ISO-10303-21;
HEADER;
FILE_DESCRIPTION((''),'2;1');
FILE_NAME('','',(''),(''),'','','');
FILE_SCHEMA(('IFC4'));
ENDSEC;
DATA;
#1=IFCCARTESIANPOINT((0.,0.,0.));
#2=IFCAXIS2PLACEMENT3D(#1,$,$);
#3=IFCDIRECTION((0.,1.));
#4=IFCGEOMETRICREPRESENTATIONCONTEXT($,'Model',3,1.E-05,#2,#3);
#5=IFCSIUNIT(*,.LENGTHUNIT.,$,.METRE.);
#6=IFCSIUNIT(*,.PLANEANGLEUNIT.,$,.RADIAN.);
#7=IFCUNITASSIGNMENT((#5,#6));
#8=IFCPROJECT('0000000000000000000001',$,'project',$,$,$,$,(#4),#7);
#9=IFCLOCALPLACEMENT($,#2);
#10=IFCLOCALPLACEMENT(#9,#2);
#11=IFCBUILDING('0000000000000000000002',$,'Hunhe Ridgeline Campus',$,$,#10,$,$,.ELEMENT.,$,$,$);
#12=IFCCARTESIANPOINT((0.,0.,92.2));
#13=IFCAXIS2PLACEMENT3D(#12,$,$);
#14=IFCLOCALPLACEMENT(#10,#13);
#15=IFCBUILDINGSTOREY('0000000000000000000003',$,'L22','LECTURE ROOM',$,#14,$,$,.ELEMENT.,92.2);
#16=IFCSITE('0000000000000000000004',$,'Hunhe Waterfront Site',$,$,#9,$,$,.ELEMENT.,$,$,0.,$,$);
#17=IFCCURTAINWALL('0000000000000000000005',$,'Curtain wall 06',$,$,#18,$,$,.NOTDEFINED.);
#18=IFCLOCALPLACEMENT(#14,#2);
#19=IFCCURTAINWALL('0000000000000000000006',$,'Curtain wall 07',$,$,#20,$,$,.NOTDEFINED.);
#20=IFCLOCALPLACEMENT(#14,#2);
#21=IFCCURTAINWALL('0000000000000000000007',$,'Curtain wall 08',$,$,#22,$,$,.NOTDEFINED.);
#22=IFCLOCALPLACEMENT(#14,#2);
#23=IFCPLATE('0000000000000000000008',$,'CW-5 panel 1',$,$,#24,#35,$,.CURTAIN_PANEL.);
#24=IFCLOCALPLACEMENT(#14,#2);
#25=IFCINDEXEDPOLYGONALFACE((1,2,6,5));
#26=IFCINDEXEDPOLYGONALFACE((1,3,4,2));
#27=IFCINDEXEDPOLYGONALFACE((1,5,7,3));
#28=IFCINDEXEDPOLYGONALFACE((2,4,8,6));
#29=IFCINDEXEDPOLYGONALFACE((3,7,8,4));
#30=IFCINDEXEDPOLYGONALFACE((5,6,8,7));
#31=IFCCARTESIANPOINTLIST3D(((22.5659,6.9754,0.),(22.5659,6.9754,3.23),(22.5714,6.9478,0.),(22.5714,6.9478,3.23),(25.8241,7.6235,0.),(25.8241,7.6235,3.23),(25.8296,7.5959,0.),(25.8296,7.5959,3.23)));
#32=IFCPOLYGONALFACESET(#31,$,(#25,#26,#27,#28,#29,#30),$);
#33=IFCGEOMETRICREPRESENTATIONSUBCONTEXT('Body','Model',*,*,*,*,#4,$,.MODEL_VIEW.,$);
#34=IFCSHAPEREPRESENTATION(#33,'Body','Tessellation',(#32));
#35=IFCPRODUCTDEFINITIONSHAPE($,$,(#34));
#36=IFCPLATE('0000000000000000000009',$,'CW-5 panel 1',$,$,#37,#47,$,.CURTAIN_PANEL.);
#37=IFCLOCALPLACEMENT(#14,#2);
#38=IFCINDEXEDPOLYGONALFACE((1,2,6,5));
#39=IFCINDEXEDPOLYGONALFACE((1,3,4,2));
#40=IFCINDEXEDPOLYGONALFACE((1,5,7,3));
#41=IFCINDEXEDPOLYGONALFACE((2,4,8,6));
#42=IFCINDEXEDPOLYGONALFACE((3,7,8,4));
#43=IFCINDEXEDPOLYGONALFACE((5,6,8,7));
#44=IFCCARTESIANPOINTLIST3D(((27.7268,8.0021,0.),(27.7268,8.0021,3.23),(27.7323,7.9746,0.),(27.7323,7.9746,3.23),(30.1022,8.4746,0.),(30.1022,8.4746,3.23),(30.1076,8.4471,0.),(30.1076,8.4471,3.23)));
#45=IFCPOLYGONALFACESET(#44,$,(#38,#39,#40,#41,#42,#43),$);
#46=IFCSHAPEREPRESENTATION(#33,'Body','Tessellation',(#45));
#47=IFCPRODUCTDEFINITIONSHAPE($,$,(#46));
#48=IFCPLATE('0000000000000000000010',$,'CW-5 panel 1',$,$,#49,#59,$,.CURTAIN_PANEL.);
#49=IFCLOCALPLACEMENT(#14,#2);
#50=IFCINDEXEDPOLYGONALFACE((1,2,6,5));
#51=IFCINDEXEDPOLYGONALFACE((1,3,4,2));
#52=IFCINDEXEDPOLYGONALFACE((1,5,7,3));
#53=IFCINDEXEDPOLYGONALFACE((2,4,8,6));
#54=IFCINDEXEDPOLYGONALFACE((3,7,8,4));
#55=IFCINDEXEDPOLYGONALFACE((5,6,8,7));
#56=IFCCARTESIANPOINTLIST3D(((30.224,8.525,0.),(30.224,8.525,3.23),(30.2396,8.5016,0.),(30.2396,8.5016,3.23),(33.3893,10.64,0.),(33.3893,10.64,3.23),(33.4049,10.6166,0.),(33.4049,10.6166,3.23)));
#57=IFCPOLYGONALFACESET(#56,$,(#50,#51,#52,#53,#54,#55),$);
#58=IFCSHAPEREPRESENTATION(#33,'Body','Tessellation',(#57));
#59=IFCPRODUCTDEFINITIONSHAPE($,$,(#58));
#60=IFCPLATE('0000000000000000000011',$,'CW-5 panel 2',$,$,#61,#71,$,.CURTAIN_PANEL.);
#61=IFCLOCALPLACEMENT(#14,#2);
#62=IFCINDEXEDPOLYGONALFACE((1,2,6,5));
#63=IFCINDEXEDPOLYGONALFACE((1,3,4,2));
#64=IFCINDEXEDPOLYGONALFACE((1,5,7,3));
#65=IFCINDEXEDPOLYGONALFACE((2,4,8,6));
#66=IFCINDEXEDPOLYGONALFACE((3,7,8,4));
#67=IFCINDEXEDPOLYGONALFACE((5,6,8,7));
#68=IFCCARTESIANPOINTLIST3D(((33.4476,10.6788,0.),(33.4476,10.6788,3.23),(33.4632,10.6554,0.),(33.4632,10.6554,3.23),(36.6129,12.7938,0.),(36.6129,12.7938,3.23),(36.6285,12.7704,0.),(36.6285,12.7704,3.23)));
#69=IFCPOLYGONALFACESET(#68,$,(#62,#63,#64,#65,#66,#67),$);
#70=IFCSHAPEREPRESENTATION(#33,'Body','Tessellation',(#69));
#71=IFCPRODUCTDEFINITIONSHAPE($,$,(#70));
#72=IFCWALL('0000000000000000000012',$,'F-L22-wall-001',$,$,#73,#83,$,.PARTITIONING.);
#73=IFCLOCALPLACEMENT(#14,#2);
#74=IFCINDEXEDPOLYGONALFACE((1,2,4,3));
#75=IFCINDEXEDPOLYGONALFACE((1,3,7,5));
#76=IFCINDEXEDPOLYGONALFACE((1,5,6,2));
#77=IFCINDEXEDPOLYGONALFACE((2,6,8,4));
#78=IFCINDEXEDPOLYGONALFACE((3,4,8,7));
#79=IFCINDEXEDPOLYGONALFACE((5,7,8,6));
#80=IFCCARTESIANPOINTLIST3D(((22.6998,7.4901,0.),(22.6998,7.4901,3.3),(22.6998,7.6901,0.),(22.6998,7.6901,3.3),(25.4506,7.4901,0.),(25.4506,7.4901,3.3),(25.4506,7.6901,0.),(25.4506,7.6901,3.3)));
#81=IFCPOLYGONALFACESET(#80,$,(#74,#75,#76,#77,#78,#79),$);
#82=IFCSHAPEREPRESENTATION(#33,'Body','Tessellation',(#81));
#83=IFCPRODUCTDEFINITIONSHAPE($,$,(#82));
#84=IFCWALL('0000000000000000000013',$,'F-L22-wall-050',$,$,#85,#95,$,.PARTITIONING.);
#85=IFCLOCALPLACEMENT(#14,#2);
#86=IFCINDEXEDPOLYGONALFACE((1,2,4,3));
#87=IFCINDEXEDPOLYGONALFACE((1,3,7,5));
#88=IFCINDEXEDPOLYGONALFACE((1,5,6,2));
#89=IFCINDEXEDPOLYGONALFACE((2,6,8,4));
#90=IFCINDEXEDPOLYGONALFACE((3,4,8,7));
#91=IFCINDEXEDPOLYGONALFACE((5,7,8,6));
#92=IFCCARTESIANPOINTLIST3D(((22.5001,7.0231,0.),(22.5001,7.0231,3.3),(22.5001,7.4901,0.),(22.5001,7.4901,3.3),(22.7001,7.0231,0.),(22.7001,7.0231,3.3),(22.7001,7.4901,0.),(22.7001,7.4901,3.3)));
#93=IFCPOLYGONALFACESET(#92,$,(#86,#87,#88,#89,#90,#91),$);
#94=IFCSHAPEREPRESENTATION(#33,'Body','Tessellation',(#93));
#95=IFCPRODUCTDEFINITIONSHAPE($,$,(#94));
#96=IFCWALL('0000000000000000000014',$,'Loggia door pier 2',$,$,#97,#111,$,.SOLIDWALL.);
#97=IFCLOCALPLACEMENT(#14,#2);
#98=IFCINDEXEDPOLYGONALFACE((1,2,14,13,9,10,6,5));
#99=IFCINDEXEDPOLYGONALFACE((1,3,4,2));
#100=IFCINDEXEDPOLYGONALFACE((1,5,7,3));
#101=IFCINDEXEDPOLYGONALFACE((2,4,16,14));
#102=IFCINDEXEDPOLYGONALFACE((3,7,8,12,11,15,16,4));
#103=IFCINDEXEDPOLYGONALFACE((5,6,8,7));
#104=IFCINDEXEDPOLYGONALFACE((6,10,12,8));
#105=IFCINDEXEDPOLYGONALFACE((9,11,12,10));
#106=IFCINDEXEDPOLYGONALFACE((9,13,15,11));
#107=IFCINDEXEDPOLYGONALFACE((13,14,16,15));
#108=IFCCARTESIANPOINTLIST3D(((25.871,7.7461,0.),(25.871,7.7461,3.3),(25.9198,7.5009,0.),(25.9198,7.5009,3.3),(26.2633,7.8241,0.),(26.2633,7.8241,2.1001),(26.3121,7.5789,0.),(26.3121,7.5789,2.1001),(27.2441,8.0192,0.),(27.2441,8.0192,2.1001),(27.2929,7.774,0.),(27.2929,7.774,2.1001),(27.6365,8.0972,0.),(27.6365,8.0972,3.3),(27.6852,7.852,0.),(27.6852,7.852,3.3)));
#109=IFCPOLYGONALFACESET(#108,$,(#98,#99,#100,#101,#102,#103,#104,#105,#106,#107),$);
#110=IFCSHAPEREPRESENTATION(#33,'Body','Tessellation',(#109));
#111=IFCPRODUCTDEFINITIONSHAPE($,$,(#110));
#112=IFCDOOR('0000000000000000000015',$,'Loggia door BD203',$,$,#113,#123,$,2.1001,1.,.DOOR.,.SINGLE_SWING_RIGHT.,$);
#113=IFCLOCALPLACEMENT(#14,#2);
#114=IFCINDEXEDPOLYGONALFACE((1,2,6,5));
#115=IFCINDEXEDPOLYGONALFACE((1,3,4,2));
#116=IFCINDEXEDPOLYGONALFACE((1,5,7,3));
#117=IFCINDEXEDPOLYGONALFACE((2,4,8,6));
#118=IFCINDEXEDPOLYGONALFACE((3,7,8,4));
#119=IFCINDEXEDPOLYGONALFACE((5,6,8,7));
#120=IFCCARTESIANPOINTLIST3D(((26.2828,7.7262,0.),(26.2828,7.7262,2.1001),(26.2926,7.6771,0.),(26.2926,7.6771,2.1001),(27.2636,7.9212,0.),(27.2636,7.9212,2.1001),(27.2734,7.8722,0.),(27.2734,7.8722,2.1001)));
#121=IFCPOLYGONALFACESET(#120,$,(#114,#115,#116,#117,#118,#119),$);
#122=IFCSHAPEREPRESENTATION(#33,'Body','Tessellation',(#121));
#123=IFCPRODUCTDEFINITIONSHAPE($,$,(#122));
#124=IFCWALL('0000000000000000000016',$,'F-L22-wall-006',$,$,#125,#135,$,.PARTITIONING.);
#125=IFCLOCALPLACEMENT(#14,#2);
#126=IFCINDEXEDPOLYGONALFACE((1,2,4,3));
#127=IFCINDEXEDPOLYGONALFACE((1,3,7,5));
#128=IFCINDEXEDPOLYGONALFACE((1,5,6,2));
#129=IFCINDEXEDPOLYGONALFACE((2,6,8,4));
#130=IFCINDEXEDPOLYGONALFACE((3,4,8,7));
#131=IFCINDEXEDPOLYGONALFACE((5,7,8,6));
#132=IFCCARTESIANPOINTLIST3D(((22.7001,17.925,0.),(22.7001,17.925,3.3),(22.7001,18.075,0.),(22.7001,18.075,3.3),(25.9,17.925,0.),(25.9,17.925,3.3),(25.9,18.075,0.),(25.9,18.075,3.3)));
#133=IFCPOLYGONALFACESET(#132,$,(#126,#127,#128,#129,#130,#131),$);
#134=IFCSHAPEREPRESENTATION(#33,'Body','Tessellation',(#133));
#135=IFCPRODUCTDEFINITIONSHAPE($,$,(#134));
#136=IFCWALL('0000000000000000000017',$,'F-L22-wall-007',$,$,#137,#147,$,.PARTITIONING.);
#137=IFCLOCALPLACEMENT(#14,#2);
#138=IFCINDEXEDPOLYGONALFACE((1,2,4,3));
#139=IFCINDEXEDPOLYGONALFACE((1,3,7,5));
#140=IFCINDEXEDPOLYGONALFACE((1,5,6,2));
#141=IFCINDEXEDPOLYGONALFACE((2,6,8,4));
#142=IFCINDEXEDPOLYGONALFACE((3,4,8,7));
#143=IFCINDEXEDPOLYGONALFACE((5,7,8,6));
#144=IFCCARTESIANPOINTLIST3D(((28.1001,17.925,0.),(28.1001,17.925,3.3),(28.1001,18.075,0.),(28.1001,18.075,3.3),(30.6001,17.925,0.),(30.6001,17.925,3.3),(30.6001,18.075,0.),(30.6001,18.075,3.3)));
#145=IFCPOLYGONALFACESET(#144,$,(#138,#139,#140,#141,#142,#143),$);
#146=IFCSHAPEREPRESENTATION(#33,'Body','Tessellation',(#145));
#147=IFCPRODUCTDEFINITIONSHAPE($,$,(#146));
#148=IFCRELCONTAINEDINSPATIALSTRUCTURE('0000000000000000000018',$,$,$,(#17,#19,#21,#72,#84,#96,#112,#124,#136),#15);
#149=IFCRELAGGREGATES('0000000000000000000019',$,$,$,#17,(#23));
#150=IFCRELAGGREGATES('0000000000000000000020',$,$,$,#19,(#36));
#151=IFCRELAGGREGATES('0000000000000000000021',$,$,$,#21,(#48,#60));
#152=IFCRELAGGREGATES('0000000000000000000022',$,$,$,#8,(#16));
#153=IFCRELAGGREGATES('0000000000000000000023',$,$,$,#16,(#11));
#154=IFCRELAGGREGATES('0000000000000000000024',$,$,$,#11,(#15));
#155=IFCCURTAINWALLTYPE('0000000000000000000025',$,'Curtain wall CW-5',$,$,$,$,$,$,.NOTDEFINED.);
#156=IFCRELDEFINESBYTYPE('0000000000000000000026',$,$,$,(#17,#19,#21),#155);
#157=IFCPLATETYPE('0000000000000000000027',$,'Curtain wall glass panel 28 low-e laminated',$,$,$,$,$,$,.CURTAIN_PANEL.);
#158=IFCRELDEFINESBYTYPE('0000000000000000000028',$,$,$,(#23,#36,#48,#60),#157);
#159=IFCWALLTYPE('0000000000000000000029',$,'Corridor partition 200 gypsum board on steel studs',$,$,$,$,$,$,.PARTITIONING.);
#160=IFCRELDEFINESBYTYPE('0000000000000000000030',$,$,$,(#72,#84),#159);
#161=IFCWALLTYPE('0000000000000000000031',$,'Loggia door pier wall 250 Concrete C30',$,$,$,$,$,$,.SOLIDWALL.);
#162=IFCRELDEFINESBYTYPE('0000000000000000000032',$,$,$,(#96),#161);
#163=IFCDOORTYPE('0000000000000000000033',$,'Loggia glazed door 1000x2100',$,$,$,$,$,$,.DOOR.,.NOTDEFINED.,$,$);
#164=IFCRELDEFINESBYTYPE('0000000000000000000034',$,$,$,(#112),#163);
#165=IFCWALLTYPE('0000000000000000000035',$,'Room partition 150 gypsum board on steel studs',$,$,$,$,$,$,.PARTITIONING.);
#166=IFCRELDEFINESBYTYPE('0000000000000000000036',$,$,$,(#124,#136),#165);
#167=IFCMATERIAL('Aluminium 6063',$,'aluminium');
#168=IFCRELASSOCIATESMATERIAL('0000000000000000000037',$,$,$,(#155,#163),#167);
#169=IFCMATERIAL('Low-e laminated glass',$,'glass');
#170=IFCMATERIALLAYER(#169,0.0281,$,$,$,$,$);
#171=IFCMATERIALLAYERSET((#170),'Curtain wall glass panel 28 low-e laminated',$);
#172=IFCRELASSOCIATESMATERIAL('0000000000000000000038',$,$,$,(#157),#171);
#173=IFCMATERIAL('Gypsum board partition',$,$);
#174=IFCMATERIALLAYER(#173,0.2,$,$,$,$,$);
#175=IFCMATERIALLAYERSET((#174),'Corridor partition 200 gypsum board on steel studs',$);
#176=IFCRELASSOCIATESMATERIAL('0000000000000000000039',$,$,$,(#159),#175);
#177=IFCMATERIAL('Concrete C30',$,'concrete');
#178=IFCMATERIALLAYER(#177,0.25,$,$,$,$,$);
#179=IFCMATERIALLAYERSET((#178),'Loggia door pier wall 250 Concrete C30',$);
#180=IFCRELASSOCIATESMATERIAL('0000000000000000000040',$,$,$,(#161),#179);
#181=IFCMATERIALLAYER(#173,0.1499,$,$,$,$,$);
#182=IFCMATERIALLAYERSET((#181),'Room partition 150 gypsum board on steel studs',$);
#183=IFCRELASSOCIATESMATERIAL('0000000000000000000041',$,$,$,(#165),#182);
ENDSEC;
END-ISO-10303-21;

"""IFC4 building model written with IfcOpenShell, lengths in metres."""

from ifc_helpers import new_model, si_unit, direction, frame, frame_2d, origin, origin_2d, place, context, subcontext, project, spatial, rectangle, extrude, material, layer, layer_set, type_object, element, fill, aggregate, save


model = new_model("IFC4")

# Units and contexts
model_context = context("Model", 3, precision=1e-05, world=origin(), true_north=direction((0.0, 1.0)))
body_context = subcontext(model_context, "Body", "Model", "MODEL_VIEW")
ifc_project = project(units=[si_unit("LENGTHUNIT", "METRE"), si_unit("PLANEANGLEUNIT", "RADIAN")], contexts=[model_context])

# Site, building, storey
site_placement = place(None, origin())
site = spatial("IfcSite", under=ifc_project, at=site_placement, Name="Hunhe Waterfront Site", CompositionType="ELEMENT", RefElevation=0.0)
building_placement = place(site_placement, origin())
building = spatial("IfcBuilding", under=site, at=building_placement, Name="Hunhe Ridgeline Campus", CompositionType="ELEMENT")
storey_placement = place(building_placement, frame((0.0, 0.0, 92.2)))
storey = spatial("IfcBuildingStorey", under=building, at=storey_placement, Name="L22", Description="LECTURE ROOM", CompositionType="ELEMENT", Elevation=92.2)

# Curtain walls
ifc_material_1 = material(Name="Aluminium 6063", Category="aluminium")
curtain_wall_type = type_object("IfcCurtainWallType", Name="Curtain wall CW-5", PredefinedType="NOTDEFINED", material=ifc_material_1)
curtain_wall_1_placement = place(storey_placement, origin())
curtain_wall_1 = element("IfcCurtainWall", 1, at=curtain_wall_1_placement, inside=storey, type_object=curtain_wall_type, Name="Curtain wall 06", PredefinedType="NOTDEFINED")
curtain_wall_2_placement = place(storey_placement, origin())
curtain_wall_2 = element("IfcCurtainWall", 2, at=curtain_wall_2_placement, inside=storey, type_object=curtain_wall_type, Name="Curtain wall 07", PredefinedType="NOTDEFINED")
curtain_wall_3_placement = place(storey_placement, origin())
curtain_wall_3 = element("IfcCurtainWall", 3, at=curtain_wall_3_placement, inside=storey, type_object=curtain_wall_type, Name="Curtain wall 08", PredefinedType="NOTDEFINED")

# Plates
ifc_material_2 = material(Name="Low-e laminated glass", Category="glass")
ifc_layer_1 = layer(ifc_material_2, 0.0281)
ifc_layer_set_1 = layer_set([ifc_layer_1], Name="Curtain wall glass panel 28 low-e laminated")
plate_type = type_object("IfcPlateType", Name="Curtain wall glass panel 28 low-e laminated", PredefinedType="CURTAIN_PANEL", material=ifc_layer_set_1)
plate_1_placement = place(storey_placement, frame((24.1978, 7.2856, 0.0), z_axis=(0.0, 0.0, 1.0), x_axis=(0.980785, 0.19509, 0.0)))
plate_1 = element("IfcPlate", 4, at=plate_1_placement, type_object=plate_type, Name="CW-5 panel 1", PredefinedType="CURTAIN_PANEL", context=body_context, shape_type="SweptSolid", body=[
    extrude(rectangle(XDim=3.322, YDim=0.0281, at=origin_2d()), origin(), (0.0, 0.0, 1.0), 3.23),
])
aggregate(curtain_wall_1, [plate_1])
plate_2_placement = place(storey_placement, frame((28.9172, 8.2246, 0.0), z_axis=(0.0, 0.0, 1.0), x_axis=(0.980785, 0.195091, 0.0)))
plate_2 = element("IfcPlate", 5, at=plate_2_placement, type_object=plate_type, Name="CW-5 panel 1", PredefinedType="CURTAIN_PANEL", context=body_context, shape_type="SweptSolid", body=[
    extrude(rectangle(XDim=2.4219, YDim=0.0281, at=origin_2d()), origin(), (0.0, 0.0, 1.0), 3.23),
])
aggregate(curtain_wall_2, [plate_2])
plate_3_placement = place(storey_placement, frame((31.8145, 9.5708, 0.0), z_axis=(0.0, 0.0, 1.0), x_axis=(0.83147, 0.55557, 0.0)))
plate_3 = element("IfcPlate", 6, at=plate_3_placement, type_object=plate_type, Name="CW-5 panel 1", PredefinedType="CURTAIN_PANEL", context=body_context, shape_type="SweptSolid", body=[
    extrude(rectangle(XDim=3.8069, YDim=0.0281, at=origin_2d()), origin(), (0.0, 0.0, 1.0), 3.23),
])
plate_4_placement = place(storey_placement, frame((35.0381, 11.7246, 0.0), z_axis=(0.0, 0.0, 1.0), x_axis=(0.83147, 0.55557, 0.0)))
plate_4 = element("IfcPlate", 7, at=plate_4_placement, type_object=plate_type, Name="CW-5 panel 2", PredefinedType="CURTAIN_PANEL", context=body_context, shape_type="SweptSolid", body=[
    extrude(rectangle(XDim=3.8069, YDim=0.0281, at=origin_2d()), origin(), (0.0, 0.0, 1.0), 3.23),
])
aggregate(curtain_wall_3, [plate_3, plate_4])

# Wall
ifc_material_3 = material(Name="Gypsum board partition")
ifc_layer_2 = layer(ifc_material_3, 0.2)
ifc_layer_set_2 = layer_set([ifc_layer_2], Name="Corridor partition 200 gypsum board on steel studs")
wall_type_1 = type_object("IfcWallType", Name="Corridor partition 200 gypsum board on steel studs", PredefinedType="PARTITIONING", material=ifc_layer_set_2)
wall_1_placement = place(storey_placement, frame((25.4507, 7.5901, 0.0), z_axis=(0.0, 0.0, 1.0), x_axis=(-1.0, 0.0, 0.0)))
element("IfcWall", 8, at=wall_1_placement, inside=storey, type_object=wall_type_1, Name="F-L22-wall-001", PredefinedType="PARTITIONING", context=body_context, shape_type="SweptSolid", body=[
    extrude(rectangle(XDim=2.7507, YDim=0.2, at=frame_2d((1.3755, 0.0))), origin(), (0.0, 0.0, 1.0), 3.3),
])

# Wall
wall_2_placement = place(storey_placement, frame((22.6001, 7.49, 0.0), z_axis=(0.0, 0.0, 1.0), x_axis=(0.0, -1.0, 0.0)))
element("IfcWall", 9, at=wall_2_placement, inside=storey, type_object=wall_type_1, Name="F-L22-wall-050", PredefinedType="PARTITIONING", context=body_context, shape_type="SweptSolid", body=[
    extrude(rectangle(XDim=0.467, YDim=0.2, at=frame_2d((0.2334, 0.0))), origin(), (0.0, 0.0, 1.0), 3.3),
])

# Wall, opening, door
ifc_material_4 = material(Name="Concrete C30", Category="concrete")
ifc_layer_3 = layer(ifc_material_4, 0.25)
ifc_layer_set_3 = layer_set([ifc_layer_3], Name="Loggia door pier wall 250 Concrete C30")
wall_type_2 = type_object("IfcWallType", Name="Loggia door pier wall 250 Concrete C30", PredefinedType="SOLIDWALL", material=ifc_layer_set_3)
wall_3_placement = place(storey_placement, frame((25.8955, 7.6235, 0.0), z_axis=(0.0, 0.0, 1.0), x_axis=(0.980794, 0.195047, 0.0)))
wall_3 = element("IfcWall", 10, at=wall_3_placement, inside=storey, type_object=wall_type_2, Name="Loggia door pier 2", PredefinedType="SOLIDWALL", context=body_context, shape_type="SweptSolid", body=[
    extrude(rectangle(XDim=1.8, YDim=0.25, at=frame_2d((0.8999, 0.0))), origin(), (0.0, 0.0, 1.0), 3.3),
])
opening_1_placement = place(wall_3_placement, frame((0.3999, 0.0, 0.0)))
opening_1 = element("IfcOpeningElement", 11, at=opening_1_placement, cuts=wall_3, PredefinedType="OPENING", context=body_context, shape_type="SweptSolid", body=[
    extrude(rectangle(XDim=1.0, YDim=2.1001, at=frame_2d((0.5, 1.05))), frame((0.0, 0.125, 0.0), z_axis=(0.0, -1.0, 0.0), x_axis=(1.0, 0.0, 0.0)), (0.0, 0.0, 1.0), 0.25),
])
door_type_1 = type_object("IfcDoorType", Name="Loggia glazed door 1000x2100", OperationType="NOTDEFINED", PredefinedType="DOOR", material=ifc_material_1)
door_1_placement = place(opening_1_placement, frame((1.0, 0.0, 0.0), z_axis=(0.0, 0.0, 1.0), x_axis=(-1.0, 0.0, 0.0)))
door_1 = element("IfcDoor", 12, at=door_1_placement, inside=storey, type_object=door_type_1, Name="Loggia door BD203", OperationType="SINGLE_SWING_RIGHT", OverallHeight=2.1001, OverallWidth=1.0, PredefinedType="DOOR", context=body_context, shape_type="SweptSolid", body=[
    extrude(rectangle(XDim=1.0, YDim=2.1001, at=frame_2d((0.5, 1.05))), frame((0.0, 0.0249, 0.0), z_axis=(0.0, -1.0, 0.0), x_axis=(1.0, 0.0, 0.0)), (0.0, 0.0, 1.0), 0.05),
])
fill(opening_1, door_1)

# Walls
ifc_layer_4 = layer(ifc_material_3, 0.1499)
ifc_layer_set_4 = layer_set([ifc_layer_4], Name="Room partition 150 gypsum board on steel studs")
wall_type_3 = type_object("IfcWallType", Name="Room partition 150 gypsum board on steel studs", PredefinedType="PARTITIONING", material=ifc_layer_set_4)
wall_4_placement = place(storey_placement, frame((22.7, 18.0, 0.0), z_axis=(0.0, 0.0, 1.0), x_axis=(1.0, 0.0, 0.0)))
element("IfcWall", 13, at=wall_4_placement, inside=storey, type_object=wall_type_3, Name="F-L22-wall-006", PredefinedType="PARTITIONING", context=body_context, shape_type="SweptSolid", body=[
    extrude(rectangle(XDim=3.2, YDim=0.1499, at=frame_2d((1.6001, 0.0))), origin(), (0.0, 0.0, 1.0), 3.3),
])
wall_5_placement = place(storey_placement, frame((28.1001, 18.0, 0.0), z_axis=(0.0, 0.0, 1.0), x_axis=(1.0, 0.0, 0.0)))
element("IfcWall", 14, at=wall_5_placement, inside=storey, type_object=wall_type_3, Name="F-L22-wall-007", PredefinedType="PARTITIONING", context=body_context, shape_type="SweptSolid", body=[
    extrude(rectangle(XDim=2.5, YDim=0.1499, at=frame_2d((1.25, 0.0))), origin(), (0.0, 0.0, 1.0), 3.3),
])

save(model, "model.ifc")
